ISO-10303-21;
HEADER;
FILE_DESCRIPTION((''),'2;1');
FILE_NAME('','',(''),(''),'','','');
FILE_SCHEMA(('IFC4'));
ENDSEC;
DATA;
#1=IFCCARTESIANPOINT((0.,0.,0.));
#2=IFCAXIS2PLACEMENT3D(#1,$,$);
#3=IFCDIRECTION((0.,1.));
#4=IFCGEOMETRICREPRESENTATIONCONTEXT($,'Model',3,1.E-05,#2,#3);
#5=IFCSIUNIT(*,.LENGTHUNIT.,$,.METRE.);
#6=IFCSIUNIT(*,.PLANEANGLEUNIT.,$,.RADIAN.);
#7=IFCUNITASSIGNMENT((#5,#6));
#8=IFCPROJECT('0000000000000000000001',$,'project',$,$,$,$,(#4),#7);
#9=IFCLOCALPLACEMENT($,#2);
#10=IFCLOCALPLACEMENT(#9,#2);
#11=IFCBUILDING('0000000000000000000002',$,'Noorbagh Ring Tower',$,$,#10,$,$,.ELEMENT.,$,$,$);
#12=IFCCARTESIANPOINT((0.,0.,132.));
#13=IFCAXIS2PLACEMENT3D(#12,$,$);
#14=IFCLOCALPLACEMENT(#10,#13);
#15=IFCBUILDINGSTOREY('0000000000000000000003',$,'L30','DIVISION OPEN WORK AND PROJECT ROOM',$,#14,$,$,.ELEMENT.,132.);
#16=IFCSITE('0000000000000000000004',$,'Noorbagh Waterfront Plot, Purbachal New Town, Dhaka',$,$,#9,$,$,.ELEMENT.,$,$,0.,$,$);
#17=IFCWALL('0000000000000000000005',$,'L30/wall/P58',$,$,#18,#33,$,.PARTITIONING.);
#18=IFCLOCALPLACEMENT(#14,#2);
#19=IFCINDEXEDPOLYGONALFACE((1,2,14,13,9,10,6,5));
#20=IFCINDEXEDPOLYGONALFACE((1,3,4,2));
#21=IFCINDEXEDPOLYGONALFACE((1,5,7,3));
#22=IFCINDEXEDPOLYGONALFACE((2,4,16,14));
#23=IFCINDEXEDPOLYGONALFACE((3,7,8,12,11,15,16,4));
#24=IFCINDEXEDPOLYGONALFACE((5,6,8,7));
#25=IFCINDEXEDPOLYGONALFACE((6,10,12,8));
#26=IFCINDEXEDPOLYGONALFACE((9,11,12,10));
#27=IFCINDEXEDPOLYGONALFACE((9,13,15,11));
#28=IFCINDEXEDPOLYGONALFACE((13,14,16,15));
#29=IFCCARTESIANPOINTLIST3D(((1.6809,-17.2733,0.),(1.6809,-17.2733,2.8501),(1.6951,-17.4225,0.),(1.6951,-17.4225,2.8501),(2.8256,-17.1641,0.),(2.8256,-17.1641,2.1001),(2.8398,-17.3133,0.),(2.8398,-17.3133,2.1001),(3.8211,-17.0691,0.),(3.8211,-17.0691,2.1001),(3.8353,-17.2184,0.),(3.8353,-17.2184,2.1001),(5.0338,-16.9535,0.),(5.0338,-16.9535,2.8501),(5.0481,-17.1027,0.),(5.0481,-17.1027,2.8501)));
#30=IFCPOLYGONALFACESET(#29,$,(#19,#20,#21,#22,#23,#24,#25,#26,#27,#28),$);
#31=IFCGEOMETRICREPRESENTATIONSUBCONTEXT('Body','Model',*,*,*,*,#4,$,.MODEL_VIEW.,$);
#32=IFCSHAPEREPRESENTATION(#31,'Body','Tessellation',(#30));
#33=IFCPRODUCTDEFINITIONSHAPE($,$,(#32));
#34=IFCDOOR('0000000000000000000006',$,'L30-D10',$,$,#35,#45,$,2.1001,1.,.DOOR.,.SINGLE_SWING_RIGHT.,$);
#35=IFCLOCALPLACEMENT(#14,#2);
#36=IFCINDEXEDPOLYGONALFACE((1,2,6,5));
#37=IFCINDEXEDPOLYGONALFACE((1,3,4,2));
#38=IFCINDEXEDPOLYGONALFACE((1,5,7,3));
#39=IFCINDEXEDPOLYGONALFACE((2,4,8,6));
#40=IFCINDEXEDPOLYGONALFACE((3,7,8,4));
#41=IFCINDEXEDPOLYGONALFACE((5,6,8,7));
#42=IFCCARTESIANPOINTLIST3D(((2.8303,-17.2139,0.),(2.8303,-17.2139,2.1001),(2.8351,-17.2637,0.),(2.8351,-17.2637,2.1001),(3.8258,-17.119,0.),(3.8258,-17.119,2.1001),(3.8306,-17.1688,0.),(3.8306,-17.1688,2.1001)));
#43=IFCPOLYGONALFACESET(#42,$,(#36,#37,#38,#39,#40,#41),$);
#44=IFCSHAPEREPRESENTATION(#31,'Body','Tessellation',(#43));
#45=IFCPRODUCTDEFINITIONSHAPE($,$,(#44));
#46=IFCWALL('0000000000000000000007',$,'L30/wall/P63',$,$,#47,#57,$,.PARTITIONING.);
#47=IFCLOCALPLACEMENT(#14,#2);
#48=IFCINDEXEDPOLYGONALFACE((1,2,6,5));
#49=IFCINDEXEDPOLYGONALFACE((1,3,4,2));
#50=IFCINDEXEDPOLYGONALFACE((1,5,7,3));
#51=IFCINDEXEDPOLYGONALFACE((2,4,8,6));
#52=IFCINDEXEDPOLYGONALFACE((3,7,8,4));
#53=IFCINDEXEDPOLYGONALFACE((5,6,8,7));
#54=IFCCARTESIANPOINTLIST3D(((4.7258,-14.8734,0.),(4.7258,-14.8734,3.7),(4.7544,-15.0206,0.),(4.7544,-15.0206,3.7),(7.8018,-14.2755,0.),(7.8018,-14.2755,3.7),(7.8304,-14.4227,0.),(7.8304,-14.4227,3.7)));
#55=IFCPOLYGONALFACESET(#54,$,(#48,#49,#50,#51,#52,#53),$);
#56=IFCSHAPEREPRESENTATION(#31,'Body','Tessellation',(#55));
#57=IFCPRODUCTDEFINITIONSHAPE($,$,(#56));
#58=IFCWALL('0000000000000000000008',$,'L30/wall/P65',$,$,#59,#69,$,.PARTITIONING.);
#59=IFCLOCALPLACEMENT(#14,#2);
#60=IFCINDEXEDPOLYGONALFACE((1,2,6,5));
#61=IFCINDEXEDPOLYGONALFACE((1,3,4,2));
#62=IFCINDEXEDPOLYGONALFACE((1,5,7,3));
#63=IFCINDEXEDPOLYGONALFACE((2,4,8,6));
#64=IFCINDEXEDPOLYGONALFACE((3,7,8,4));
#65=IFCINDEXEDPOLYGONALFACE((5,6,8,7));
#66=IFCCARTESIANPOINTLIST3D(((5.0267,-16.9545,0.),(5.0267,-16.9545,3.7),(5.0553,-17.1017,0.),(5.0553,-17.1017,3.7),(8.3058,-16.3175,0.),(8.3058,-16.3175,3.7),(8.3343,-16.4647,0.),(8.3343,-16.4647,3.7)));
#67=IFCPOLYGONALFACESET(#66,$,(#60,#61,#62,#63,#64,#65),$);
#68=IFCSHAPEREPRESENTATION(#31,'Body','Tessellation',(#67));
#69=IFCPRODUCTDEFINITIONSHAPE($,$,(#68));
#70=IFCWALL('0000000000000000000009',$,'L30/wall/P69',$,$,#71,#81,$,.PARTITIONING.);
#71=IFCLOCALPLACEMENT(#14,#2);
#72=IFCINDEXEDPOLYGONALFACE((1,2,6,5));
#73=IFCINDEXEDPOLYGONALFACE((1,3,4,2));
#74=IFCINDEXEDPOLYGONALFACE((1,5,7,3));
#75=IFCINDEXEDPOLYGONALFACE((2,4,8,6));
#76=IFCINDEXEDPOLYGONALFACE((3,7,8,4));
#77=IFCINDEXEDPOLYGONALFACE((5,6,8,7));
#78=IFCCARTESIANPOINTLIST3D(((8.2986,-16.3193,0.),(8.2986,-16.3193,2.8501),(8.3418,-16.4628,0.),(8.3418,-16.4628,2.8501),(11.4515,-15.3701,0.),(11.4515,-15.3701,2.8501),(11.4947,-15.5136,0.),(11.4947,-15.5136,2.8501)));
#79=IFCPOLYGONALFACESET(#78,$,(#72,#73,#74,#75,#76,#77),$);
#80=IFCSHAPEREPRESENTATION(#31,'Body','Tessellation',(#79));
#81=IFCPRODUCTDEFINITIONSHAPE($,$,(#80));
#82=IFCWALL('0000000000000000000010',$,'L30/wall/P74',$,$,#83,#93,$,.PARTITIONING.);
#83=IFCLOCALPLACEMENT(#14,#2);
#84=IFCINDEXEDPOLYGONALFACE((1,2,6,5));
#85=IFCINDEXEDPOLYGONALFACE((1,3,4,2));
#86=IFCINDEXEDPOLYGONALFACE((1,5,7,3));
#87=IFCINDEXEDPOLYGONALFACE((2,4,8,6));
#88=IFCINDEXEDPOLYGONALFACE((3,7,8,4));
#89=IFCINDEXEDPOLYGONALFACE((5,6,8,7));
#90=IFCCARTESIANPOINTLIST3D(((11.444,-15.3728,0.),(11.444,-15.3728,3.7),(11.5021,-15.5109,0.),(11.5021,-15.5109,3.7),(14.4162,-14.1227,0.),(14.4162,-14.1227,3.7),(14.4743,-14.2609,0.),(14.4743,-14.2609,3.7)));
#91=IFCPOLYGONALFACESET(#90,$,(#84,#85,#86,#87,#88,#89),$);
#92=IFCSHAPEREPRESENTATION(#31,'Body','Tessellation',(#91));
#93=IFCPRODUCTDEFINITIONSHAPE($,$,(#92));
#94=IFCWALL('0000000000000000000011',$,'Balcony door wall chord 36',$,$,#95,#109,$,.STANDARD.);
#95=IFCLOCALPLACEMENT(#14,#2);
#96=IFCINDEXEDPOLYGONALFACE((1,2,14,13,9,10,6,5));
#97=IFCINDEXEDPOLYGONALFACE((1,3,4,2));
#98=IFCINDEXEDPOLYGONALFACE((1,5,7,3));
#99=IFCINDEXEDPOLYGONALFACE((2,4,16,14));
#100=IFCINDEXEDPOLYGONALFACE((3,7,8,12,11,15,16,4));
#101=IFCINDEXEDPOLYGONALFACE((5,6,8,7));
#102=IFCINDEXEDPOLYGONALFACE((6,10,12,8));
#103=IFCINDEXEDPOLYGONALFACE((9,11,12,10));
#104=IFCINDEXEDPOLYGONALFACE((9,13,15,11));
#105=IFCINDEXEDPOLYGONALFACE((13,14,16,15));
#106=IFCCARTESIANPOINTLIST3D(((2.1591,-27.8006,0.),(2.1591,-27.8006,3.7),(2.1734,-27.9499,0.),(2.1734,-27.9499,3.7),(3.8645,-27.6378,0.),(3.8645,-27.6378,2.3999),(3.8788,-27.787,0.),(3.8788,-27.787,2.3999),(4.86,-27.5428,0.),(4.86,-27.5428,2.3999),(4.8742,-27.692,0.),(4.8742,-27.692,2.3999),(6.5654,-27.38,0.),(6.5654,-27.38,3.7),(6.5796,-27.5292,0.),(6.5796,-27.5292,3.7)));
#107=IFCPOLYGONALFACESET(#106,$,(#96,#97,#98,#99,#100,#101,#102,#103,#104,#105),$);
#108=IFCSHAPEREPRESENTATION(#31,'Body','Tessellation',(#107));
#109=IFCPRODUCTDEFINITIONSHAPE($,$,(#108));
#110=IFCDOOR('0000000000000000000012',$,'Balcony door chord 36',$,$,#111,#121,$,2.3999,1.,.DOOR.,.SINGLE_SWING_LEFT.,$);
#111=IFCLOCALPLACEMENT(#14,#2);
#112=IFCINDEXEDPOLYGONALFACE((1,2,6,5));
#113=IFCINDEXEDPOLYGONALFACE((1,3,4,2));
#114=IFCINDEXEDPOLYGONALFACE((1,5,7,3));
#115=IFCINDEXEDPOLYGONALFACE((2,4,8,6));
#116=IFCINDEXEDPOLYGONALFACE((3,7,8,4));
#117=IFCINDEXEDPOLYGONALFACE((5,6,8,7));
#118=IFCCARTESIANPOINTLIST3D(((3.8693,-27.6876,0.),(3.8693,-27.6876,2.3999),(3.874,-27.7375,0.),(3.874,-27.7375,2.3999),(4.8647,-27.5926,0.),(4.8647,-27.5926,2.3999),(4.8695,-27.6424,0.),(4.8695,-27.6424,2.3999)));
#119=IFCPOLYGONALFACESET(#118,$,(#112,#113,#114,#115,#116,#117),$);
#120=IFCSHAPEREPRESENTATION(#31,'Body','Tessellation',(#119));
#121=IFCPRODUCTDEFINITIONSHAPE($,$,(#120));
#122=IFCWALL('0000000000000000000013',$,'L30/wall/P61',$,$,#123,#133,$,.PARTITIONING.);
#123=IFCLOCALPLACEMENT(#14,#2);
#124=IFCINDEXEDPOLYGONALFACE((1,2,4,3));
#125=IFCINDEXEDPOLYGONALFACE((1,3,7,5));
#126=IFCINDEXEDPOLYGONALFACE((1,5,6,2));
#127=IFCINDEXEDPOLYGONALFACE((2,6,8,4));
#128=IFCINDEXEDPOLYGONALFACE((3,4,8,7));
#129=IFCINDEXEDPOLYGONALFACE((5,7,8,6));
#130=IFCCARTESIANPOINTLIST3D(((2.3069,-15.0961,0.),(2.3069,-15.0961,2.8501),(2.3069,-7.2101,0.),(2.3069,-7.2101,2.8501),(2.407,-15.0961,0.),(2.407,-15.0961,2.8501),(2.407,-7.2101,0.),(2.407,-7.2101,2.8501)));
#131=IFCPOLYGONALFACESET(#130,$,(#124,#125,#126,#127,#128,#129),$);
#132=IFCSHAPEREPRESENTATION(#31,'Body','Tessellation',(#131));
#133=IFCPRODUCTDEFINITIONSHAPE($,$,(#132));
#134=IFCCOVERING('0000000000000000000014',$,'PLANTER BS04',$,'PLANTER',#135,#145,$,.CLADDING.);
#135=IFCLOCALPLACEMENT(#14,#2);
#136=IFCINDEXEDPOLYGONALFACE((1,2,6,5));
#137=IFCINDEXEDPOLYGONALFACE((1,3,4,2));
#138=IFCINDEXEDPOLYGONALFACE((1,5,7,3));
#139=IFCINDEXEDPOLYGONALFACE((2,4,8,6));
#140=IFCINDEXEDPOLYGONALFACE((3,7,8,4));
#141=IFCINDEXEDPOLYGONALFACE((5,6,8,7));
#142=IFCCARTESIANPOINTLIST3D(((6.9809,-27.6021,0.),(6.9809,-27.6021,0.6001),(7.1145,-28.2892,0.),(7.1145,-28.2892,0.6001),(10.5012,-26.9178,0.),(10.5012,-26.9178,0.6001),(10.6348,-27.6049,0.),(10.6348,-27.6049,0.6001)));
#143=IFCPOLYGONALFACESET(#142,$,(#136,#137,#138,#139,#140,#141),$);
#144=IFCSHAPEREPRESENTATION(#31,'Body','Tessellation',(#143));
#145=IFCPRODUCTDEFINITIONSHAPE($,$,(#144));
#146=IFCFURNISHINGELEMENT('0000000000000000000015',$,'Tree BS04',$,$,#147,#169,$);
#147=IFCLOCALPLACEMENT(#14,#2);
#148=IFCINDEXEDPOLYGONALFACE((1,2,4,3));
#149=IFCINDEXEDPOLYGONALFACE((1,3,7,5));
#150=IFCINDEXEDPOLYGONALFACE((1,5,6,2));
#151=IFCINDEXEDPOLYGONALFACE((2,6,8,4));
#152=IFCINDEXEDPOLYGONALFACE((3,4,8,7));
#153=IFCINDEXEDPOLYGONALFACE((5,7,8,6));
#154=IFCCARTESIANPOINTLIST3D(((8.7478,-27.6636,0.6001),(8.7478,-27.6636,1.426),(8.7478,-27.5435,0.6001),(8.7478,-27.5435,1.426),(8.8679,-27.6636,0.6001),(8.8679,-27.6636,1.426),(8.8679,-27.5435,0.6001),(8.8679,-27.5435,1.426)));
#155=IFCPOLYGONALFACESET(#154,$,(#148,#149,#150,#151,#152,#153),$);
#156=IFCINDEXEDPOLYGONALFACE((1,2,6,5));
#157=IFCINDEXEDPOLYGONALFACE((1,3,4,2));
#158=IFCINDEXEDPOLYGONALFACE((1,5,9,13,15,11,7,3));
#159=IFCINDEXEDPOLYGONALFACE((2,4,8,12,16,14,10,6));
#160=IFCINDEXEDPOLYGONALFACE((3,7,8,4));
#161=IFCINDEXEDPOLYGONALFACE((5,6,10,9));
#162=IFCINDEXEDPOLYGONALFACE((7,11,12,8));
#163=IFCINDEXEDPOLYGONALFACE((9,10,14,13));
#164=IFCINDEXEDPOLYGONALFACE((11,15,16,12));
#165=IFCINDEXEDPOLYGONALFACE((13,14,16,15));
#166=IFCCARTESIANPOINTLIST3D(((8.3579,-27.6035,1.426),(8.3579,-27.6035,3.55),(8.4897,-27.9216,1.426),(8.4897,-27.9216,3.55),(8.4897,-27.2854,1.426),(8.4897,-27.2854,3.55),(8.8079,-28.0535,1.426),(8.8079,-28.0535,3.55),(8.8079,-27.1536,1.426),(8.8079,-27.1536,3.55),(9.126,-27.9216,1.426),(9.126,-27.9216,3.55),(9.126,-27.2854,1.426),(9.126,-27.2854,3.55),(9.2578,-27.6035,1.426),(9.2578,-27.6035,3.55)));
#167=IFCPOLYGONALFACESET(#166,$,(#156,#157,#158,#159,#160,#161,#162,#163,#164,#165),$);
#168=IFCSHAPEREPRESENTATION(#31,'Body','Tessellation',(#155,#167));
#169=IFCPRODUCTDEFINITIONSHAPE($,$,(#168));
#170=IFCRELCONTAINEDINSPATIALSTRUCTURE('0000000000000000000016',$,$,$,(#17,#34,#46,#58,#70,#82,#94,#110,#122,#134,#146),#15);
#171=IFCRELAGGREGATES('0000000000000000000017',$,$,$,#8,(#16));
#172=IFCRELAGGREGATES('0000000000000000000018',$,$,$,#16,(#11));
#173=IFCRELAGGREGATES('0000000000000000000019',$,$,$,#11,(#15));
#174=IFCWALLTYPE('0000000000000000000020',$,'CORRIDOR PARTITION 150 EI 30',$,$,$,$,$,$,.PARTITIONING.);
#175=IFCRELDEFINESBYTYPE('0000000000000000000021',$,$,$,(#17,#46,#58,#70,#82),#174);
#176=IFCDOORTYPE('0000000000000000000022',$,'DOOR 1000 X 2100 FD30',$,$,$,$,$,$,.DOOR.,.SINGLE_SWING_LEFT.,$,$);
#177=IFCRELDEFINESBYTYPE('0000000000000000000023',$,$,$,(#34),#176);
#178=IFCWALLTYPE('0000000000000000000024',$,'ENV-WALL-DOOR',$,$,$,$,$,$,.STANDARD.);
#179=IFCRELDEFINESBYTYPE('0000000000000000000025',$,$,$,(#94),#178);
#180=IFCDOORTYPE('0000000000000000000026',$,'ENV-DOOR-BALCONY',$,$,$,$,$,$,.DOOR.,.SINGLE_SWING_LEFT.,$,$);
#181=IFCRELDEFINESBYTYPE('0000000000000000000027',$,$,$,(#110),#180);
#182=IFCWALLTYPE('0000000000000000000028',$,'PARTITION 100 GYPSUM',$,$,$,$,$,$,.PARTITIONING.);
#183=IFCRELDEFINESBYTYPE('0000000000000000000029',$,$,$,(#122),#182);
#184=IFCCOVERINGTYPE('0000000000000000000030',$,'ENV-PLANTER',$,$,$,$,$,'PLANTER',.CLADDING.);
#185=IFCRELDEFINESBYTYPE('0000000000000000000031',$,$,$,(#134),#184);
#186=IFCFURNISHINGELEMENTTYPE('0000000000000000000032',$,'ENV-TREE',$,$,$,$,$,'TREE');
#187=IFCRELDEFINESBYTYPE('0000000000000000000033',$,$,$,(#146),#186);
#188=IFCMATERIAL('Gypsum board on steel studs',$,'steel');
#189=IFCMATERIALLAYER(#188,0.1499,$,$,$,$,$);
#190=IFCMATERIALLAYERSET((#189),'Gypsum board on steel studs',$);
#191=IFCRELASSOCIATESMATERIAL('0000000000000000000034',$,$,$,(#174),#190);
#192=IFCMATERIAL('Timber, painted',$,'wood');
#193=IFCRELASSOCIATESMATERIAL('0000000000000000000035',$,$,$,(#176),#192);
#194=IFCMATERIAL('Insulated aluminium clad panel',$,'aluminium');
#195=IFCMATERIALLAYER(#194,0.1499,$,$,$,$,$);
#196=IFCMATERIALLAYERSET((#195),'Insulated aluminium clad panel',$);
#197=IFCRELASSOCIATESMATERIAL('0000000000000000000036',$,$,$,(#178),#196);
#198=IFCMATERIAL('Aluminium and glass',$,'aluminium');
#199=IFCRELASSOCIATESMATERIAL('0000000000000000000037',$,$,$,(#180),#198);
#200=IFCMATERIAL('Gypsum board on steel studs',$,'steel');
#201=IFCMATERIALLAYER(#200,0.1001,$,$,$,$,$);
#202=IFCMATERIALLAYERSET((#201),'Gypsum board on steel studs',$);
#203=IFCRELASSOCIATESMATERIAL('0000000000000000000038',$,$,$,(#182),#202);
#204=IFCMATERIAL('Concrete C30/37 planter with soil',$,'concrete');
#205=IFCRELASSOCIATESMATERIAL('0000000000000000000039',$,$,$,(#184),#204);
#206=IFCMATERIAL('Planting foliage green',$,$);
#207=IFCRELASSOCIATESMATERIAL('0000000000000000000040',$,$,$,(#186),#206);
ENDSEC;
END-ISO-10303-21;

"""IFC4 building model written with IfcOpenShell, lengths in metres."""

from ifc_helpers import new_model, si_unit, direction, frame, frame_2d, origin, origin_2d, place, context, subcontext, project, spatial, polyline, rectangle, outline, extrude, material, layer, layer_set, type_object, element, fill, save


model = new_model("IFC4")

# Units and contexts
model_context = context("Model", 3, precision=1e-05, world=origin(), true_north=direction((0.0, 1.0)))
body_context = subcontext(model_context, "Body", "Model", "MODEL_VIEW")
ifc_project = project(units=[si_unit("LENGTHUNIT", "METRE"), si_unit("PLANEANGLEUNIT", "RADIAN")], contexts=[model_context])

# Site, building, storey
site_placement = place(None, origin())
site = spatial("IfcSite", under=ifc_project, at=site_placement, Name="Noorbagh Waterfront Plot, Purbachal New Town, Dhaka", CompositionType="ELEMENT", RefElevation=0.0)
building_placement = place(site_placement, origin())
building = spatial("IfcBuilding", under=site, at=building_placement, Name="Noorbagh Ring Tower", CompositionType="ELEMENT")
storey_placement = place(building_placement, frame((0.0, 0.0, 132.0)))
storey = spatial("IfcBuildingStorey", under=building, at=storey_placement, Name="L30", Description="DIVISION OPEN WORK AND PROJECT ROOM", CompositionType="ELEMENT", Elevation=132.0)

# Shared definitions
ifc_material_1 = material(Name="Gypsum board on steel studs", Category="steel")
ifc_layer_1 = layer(ifc_material_1, 0.1499)
ifc_layer_set_1 = layer_set([ifc_layer_1], Name="Gypsum board on steel studs")
wall_type_1 = type_object("IfcWallType", Name="CORRIDOR PARTITION 150 EI 30", PredefinedType="PARTITIONING", material=ifc_layer_set_1)

# Wall, opening, door
wall_1_placement = place(storey_placement, frame((1.688, -17.3479, 0.0), z_axis=(0.0, 0.0, 1.0), x_axis=(0.995482, 0.094953, 0.0)))
wall_1 = element("IfcWall", 1, at=wall_1_placement, inside=storey, type_object=wall_type_1, Name="L30/wall/P58", PredefinedType="PARTITIONING", context=body_context, shape_type="SweptSolid", body=[
    extrude(rectangle(XDim=3.3682, YDim=0.1499, at=frame_2d((1.6841, 0.0))), origin(), (0.0, 0.0, 1.0), 2.8501),
])
opening_1_placement = place(wall_1_placement, frame((1.1499, 0.0, 0.0)))
opening_1 = element("IfcOpeningElement", 2, at=opening_1_placement, cuts=wall_1, PredefinedType="OPENING", context=body_context, shape_type="SweptSolid", body=[
    extrude(rectangle(XDim=1.0, YDim=2.1001, at=frame_2d((0.5, 1.05))), frame((0.0, 0.085, 0.0), z_axis=(0.0, -1.0, 0.0), x_axis=(1.0, 0.0, 0.0)), (0.0, 0.0, 1.0), 0.1699),
])
ifc_material_2 = material(Name="Timber, painted", Category="wood")
door_type_1 = type_object("IfcDoorType", Name="DOOR 1000 X 2100 FD30", OperationType="SINGLE_SWING_LEFT", PredefinedType="DOOR", material=ifc_material_2)
door_1_placement = place(opening_1_placement, origin())
door_1 = element("IfcDoor", 3, at=door_1_placement, inside=storey, type_object=door_type_1, Name="L30-D10", OperationType="SINGLE_SWING_RIGHT", OverallHeight=2.1001, OverallWidth=1.0, PredefinedType="DOOR", context=body_context, shape_type="SweptSolid", body=[
    extrude(rectangle(XDim=1.0, YDim=2.1001, at=frame_2d((0.5, 1.05))), frame((0.0, 0.0249, 0.0), z_axis=(0.0, -1.0, 0.0), x_axis=(1.0, 0.0, 0.0)), (0.0, 0.0, 1.0), 0.05),
])
fill(opening_1, door_1)

# Walls
wall_2_placement = place(storey_placement, frame((4.74, -14.947, 0.0), z_axis=(0.0, 0.0, 1.0), x_axis=(0.981627, 0.190809, 0.0)))
element("IfcWall", 4, at=wall_2_placement, inside=storey, type_object=wall_type_1, Name="L30/wall/P63", PredefinedType="PARTITIONING", context=body_context, shape_type="SweptSolid", body=[
    extrude(rectangle(XDim=3.1335, YDim=0.1499, at=frame_2d((1.5669, 0.0))), origin(), (0.0, 0.0, 1.0), 3.7),
])
wall_3_placement = place(storey_placement, frame((5.041, -17.0281, 0.0), z_axis=(0.0, 0.0, 1.0), x_axis=(0.981651, 0.190688, 0.0)))
element("IfcWall", 5, at=wall_3_placement, inside=storey, type_object=wall_type_1, Name="L30/wall/P65", PredefinedType="PARTITIONING", context=body_context, shape_type="SweptSolid", body=[
    extrude(rectangle(XDim=3.3403, YDim=0.1499, at=frame_2d((1.6702, 0.0))), origin(), (0.0, 0.0, 1.0), 3.7),
])
wall_4_placement = place(storey_placement, frame((8.3201, -16.3911, 0.0), z_axis=(0.0, 0.0, 1.0), x_axis=(0.957544, 0.288286, 0.0)))
element("IfcWall", 6, at=wall_4_placement, inside=storey, type_object=wall_type_1, Name="L30/wall/P69", PredefinedType="PARTITIONING", context=body_context, shape_type="SweptSolid", body=[
    extrude(rectangle(XDim=3.2927, YDim=0.1499, at=frame_2d((1.6465, 0.0))), origin(), (0.0, 0.0, 1.0), 2.8501),
])
wall_5_placement = place(storey_placement, frame((11.4729, -15.4419, 0.0), z_axis=(0.0, 0.0, 1.0), x_axis=(0.921795, 0.387678, 0.0)))
element("IfcWall", 7, at=wall_5_placement, inside=storey, type_object=wall_type_1, Name="L30/wall/P74", PredefinedType="PARTITIONING", context=body_context, shape_type="SweptSolid", body=[
    extrude(rectangle(XDim=3.2244, YDim=0.1499, at=frame_2d((1.6123, 0.0))), origin(), (0.0, 0.0, 1.0), 3.7),
])

# Wall, opening, door
ifc_material_3 = material(Name="Insulated aluminium clad panel", Category="aluminium")
ifc_layer_2 = layer(ifc_material_3, 0.1499)
ifc_layer_set_2 = layer_set([ifc_layer_2], Name="Insulated aluminium clad panel")
wall_type_2 = type_object("IfcWallType", Name="ENV-WALL-DOOR", PredefinedType="STANDARD", material=ifc_layer_set_2)
wall_6_placement = place(storey_placement, frame((2.1663, -27.8752, 0.0), z_axis=(0.0, 0.0, 1.0), x_axis=(0.995474, 0.095036, 0.0)))
wall_6 = element("IfcWall", 8, at=wall_6_placement, inside=storey, type_object=wall_type_2, Name="Balcony door wall chord 36", PredefinedType="STANDARD", context=body_context, shape_type="SweptSolid", body=[
    extrude(rectangle(XDim=4.4263, YDim=0.1499, at=frame_2d((2.2131, 0.0))), origin(), (0.0, 0.0, 1.0), 3.7),
])
opening_2_placement = place(wall_6_placement, frame((1.7131, 0.0, 0.0)))
opening_2 = element("IfcOpeningElement", 9, at=opening_2_placement, cuts=wall_6, PredefinedType="OPENING", context=body_context, shape_type="SweptSolid", body=[
    extrude(rectangle(XDim=1.0, YDim=2.3999, at=frame_2d((0.5, 1.2))), frame((0.0, 0.085, 0.0), z_axis=(0.0, -1.0, 0.0), x_axis=(1.0, 0.0, 0.0)), (0.0, 0.0, 1.0), 0.1699),
])
ifc_material_4 = material(Name="Aluminium and glass", Category="aluminium")
door_type_2 = type_object("IfcDoorType", Name="ENV-DOOR-BALCONY", OperationType="SINGLE_SWING_LEFT", PredefinedType="DOOR", material=ifc_material_4)
door_2_placement = place(opening_2_placement, origin())
door_2 = element("IfcDoor", 10, at=door_2_placement, inside=storey, type_object=door_type_2, Name="Balcony door chord 36", OperationType="SINGLE_SWING_LEFT", OverallHeight=2.3999, OverallWidth=1.0, PredefinedType="DOOR", context=body_context, shape_type="SweptSolid", body=[
    extrude(rectangle(XDim=1.0, YDim=2.3999, at=frame_2d((0.5, 1.2))), frame((0.0, 0.0249, 0.0), z_axis=(0.0, -1.0, 0.0), x_axis=(1.0, 0.0, 0.0)), (0.0, 0.0, 1.0), 0.05),
])
fill(opening_2, door_2)

# Wall
ifc_material_5 = material(Name="Gypsum board on steel studs", Category="steel")
ifc_layer_3 = layer(ifc_material_5, 0.1001)
ifc_layer_set_3 = layer_set([ifc_layer_3], Name="Gypsum board on steel studs")
wall_type_3 = type_object("IfcWallType", Name="PARTITION 100 GYPSUM", PredefinedType="PARTITIONING", material=ifc_layer_set_3)
wall_7_placement = place(storey_placement, frame((2.3569, -15.0959, 0.0), z_axis=(0.0, 0.0, 1.0), x_axis=(0.0, 1.0, 0.0)))
element("IfcWall", 11, at=wall_7_placement, inside=storey, type_object=wall_type_3, Name="L30/wall/P61", PredefinedType="PARTITIONING", context=body_context, shape_type="SweptSolid", body=[
    extrude(rectangle(XDim=7.886, YDim=0.1001, at=frame_2d((3.9429, 0.0))), origin(), (0.0, 0.0, 1.0), 2.8501),
])

# Covering
ifc_material_6 = material(Name="Concrete C30/37 planter with soil", Category="concrete")
covering_type = type_object("IfcCoveringType", Name="ENV-PLANTER", ElementType="PLANTER", PredefinedType="CLADDING", material=ifc_material_6)
covering_placement = place(storey_placement, frame((8.8079, -27.6035, 0.0), z_axis=(0.0, 0.0, 1.0), x_axis=(0.981625, 0.19082, 0.0)))
element("IfcCovering", 12, at=covering_placement, inside=storey, type_object=covering_type, Name="PLANTER BS04", ObjectType="PLANTER", PredefinedType="CLADDING", context=body_context, shape_type="SweptSolid", body=[
    extrude(rectangle(XDim=3.5862, YDim=0.7, at=origin_2d()), origin(), (0.0, 0.0, 1.0), 0.6001),
])

# Furnishing element
ifc_material_7 = material(Name="Planting foliage green")
furnishing_element_type = type_object("IfcFurnishingElementType", Name="ENV-TREE", ElementType="TREE", material=ifc_material_7)
furnishing_placement = place(storey_placement, frame((8.8079, -27.6035, 0.6001), z_axis=(0.0, 0.0, 1.0), x_axis=(1.0, 0.0, 0.0)))
element("IfcFurnishingElement", 13, at=furnishing_placement, inside=storey, type_object=furnishing_element_type, Name="Tree BS04", context=body_context, shape_type="SweptSolid", body=[
    extrude(rectangle(XDim=0.1201, YDim=0.1201, at=origin_2d()), origin(), (0.0, 0.0, 1.0), 0.8259),
    extrude(outline(polyline([(0.45, 0.0), (0.3181, 0.3181), (0.0, 0.45), (-0.3181, 0.3181), (-0.45, 0.0), (-0.3181, -0.3181), (0.0, -0.45), (0.3181, -0.3181), (0.45, 0.0)])), frame((0.0, 0.0, 0.8259)), (0.0, 0.0, 1.0), 2.124),
])

save(model, "model.ifc")
